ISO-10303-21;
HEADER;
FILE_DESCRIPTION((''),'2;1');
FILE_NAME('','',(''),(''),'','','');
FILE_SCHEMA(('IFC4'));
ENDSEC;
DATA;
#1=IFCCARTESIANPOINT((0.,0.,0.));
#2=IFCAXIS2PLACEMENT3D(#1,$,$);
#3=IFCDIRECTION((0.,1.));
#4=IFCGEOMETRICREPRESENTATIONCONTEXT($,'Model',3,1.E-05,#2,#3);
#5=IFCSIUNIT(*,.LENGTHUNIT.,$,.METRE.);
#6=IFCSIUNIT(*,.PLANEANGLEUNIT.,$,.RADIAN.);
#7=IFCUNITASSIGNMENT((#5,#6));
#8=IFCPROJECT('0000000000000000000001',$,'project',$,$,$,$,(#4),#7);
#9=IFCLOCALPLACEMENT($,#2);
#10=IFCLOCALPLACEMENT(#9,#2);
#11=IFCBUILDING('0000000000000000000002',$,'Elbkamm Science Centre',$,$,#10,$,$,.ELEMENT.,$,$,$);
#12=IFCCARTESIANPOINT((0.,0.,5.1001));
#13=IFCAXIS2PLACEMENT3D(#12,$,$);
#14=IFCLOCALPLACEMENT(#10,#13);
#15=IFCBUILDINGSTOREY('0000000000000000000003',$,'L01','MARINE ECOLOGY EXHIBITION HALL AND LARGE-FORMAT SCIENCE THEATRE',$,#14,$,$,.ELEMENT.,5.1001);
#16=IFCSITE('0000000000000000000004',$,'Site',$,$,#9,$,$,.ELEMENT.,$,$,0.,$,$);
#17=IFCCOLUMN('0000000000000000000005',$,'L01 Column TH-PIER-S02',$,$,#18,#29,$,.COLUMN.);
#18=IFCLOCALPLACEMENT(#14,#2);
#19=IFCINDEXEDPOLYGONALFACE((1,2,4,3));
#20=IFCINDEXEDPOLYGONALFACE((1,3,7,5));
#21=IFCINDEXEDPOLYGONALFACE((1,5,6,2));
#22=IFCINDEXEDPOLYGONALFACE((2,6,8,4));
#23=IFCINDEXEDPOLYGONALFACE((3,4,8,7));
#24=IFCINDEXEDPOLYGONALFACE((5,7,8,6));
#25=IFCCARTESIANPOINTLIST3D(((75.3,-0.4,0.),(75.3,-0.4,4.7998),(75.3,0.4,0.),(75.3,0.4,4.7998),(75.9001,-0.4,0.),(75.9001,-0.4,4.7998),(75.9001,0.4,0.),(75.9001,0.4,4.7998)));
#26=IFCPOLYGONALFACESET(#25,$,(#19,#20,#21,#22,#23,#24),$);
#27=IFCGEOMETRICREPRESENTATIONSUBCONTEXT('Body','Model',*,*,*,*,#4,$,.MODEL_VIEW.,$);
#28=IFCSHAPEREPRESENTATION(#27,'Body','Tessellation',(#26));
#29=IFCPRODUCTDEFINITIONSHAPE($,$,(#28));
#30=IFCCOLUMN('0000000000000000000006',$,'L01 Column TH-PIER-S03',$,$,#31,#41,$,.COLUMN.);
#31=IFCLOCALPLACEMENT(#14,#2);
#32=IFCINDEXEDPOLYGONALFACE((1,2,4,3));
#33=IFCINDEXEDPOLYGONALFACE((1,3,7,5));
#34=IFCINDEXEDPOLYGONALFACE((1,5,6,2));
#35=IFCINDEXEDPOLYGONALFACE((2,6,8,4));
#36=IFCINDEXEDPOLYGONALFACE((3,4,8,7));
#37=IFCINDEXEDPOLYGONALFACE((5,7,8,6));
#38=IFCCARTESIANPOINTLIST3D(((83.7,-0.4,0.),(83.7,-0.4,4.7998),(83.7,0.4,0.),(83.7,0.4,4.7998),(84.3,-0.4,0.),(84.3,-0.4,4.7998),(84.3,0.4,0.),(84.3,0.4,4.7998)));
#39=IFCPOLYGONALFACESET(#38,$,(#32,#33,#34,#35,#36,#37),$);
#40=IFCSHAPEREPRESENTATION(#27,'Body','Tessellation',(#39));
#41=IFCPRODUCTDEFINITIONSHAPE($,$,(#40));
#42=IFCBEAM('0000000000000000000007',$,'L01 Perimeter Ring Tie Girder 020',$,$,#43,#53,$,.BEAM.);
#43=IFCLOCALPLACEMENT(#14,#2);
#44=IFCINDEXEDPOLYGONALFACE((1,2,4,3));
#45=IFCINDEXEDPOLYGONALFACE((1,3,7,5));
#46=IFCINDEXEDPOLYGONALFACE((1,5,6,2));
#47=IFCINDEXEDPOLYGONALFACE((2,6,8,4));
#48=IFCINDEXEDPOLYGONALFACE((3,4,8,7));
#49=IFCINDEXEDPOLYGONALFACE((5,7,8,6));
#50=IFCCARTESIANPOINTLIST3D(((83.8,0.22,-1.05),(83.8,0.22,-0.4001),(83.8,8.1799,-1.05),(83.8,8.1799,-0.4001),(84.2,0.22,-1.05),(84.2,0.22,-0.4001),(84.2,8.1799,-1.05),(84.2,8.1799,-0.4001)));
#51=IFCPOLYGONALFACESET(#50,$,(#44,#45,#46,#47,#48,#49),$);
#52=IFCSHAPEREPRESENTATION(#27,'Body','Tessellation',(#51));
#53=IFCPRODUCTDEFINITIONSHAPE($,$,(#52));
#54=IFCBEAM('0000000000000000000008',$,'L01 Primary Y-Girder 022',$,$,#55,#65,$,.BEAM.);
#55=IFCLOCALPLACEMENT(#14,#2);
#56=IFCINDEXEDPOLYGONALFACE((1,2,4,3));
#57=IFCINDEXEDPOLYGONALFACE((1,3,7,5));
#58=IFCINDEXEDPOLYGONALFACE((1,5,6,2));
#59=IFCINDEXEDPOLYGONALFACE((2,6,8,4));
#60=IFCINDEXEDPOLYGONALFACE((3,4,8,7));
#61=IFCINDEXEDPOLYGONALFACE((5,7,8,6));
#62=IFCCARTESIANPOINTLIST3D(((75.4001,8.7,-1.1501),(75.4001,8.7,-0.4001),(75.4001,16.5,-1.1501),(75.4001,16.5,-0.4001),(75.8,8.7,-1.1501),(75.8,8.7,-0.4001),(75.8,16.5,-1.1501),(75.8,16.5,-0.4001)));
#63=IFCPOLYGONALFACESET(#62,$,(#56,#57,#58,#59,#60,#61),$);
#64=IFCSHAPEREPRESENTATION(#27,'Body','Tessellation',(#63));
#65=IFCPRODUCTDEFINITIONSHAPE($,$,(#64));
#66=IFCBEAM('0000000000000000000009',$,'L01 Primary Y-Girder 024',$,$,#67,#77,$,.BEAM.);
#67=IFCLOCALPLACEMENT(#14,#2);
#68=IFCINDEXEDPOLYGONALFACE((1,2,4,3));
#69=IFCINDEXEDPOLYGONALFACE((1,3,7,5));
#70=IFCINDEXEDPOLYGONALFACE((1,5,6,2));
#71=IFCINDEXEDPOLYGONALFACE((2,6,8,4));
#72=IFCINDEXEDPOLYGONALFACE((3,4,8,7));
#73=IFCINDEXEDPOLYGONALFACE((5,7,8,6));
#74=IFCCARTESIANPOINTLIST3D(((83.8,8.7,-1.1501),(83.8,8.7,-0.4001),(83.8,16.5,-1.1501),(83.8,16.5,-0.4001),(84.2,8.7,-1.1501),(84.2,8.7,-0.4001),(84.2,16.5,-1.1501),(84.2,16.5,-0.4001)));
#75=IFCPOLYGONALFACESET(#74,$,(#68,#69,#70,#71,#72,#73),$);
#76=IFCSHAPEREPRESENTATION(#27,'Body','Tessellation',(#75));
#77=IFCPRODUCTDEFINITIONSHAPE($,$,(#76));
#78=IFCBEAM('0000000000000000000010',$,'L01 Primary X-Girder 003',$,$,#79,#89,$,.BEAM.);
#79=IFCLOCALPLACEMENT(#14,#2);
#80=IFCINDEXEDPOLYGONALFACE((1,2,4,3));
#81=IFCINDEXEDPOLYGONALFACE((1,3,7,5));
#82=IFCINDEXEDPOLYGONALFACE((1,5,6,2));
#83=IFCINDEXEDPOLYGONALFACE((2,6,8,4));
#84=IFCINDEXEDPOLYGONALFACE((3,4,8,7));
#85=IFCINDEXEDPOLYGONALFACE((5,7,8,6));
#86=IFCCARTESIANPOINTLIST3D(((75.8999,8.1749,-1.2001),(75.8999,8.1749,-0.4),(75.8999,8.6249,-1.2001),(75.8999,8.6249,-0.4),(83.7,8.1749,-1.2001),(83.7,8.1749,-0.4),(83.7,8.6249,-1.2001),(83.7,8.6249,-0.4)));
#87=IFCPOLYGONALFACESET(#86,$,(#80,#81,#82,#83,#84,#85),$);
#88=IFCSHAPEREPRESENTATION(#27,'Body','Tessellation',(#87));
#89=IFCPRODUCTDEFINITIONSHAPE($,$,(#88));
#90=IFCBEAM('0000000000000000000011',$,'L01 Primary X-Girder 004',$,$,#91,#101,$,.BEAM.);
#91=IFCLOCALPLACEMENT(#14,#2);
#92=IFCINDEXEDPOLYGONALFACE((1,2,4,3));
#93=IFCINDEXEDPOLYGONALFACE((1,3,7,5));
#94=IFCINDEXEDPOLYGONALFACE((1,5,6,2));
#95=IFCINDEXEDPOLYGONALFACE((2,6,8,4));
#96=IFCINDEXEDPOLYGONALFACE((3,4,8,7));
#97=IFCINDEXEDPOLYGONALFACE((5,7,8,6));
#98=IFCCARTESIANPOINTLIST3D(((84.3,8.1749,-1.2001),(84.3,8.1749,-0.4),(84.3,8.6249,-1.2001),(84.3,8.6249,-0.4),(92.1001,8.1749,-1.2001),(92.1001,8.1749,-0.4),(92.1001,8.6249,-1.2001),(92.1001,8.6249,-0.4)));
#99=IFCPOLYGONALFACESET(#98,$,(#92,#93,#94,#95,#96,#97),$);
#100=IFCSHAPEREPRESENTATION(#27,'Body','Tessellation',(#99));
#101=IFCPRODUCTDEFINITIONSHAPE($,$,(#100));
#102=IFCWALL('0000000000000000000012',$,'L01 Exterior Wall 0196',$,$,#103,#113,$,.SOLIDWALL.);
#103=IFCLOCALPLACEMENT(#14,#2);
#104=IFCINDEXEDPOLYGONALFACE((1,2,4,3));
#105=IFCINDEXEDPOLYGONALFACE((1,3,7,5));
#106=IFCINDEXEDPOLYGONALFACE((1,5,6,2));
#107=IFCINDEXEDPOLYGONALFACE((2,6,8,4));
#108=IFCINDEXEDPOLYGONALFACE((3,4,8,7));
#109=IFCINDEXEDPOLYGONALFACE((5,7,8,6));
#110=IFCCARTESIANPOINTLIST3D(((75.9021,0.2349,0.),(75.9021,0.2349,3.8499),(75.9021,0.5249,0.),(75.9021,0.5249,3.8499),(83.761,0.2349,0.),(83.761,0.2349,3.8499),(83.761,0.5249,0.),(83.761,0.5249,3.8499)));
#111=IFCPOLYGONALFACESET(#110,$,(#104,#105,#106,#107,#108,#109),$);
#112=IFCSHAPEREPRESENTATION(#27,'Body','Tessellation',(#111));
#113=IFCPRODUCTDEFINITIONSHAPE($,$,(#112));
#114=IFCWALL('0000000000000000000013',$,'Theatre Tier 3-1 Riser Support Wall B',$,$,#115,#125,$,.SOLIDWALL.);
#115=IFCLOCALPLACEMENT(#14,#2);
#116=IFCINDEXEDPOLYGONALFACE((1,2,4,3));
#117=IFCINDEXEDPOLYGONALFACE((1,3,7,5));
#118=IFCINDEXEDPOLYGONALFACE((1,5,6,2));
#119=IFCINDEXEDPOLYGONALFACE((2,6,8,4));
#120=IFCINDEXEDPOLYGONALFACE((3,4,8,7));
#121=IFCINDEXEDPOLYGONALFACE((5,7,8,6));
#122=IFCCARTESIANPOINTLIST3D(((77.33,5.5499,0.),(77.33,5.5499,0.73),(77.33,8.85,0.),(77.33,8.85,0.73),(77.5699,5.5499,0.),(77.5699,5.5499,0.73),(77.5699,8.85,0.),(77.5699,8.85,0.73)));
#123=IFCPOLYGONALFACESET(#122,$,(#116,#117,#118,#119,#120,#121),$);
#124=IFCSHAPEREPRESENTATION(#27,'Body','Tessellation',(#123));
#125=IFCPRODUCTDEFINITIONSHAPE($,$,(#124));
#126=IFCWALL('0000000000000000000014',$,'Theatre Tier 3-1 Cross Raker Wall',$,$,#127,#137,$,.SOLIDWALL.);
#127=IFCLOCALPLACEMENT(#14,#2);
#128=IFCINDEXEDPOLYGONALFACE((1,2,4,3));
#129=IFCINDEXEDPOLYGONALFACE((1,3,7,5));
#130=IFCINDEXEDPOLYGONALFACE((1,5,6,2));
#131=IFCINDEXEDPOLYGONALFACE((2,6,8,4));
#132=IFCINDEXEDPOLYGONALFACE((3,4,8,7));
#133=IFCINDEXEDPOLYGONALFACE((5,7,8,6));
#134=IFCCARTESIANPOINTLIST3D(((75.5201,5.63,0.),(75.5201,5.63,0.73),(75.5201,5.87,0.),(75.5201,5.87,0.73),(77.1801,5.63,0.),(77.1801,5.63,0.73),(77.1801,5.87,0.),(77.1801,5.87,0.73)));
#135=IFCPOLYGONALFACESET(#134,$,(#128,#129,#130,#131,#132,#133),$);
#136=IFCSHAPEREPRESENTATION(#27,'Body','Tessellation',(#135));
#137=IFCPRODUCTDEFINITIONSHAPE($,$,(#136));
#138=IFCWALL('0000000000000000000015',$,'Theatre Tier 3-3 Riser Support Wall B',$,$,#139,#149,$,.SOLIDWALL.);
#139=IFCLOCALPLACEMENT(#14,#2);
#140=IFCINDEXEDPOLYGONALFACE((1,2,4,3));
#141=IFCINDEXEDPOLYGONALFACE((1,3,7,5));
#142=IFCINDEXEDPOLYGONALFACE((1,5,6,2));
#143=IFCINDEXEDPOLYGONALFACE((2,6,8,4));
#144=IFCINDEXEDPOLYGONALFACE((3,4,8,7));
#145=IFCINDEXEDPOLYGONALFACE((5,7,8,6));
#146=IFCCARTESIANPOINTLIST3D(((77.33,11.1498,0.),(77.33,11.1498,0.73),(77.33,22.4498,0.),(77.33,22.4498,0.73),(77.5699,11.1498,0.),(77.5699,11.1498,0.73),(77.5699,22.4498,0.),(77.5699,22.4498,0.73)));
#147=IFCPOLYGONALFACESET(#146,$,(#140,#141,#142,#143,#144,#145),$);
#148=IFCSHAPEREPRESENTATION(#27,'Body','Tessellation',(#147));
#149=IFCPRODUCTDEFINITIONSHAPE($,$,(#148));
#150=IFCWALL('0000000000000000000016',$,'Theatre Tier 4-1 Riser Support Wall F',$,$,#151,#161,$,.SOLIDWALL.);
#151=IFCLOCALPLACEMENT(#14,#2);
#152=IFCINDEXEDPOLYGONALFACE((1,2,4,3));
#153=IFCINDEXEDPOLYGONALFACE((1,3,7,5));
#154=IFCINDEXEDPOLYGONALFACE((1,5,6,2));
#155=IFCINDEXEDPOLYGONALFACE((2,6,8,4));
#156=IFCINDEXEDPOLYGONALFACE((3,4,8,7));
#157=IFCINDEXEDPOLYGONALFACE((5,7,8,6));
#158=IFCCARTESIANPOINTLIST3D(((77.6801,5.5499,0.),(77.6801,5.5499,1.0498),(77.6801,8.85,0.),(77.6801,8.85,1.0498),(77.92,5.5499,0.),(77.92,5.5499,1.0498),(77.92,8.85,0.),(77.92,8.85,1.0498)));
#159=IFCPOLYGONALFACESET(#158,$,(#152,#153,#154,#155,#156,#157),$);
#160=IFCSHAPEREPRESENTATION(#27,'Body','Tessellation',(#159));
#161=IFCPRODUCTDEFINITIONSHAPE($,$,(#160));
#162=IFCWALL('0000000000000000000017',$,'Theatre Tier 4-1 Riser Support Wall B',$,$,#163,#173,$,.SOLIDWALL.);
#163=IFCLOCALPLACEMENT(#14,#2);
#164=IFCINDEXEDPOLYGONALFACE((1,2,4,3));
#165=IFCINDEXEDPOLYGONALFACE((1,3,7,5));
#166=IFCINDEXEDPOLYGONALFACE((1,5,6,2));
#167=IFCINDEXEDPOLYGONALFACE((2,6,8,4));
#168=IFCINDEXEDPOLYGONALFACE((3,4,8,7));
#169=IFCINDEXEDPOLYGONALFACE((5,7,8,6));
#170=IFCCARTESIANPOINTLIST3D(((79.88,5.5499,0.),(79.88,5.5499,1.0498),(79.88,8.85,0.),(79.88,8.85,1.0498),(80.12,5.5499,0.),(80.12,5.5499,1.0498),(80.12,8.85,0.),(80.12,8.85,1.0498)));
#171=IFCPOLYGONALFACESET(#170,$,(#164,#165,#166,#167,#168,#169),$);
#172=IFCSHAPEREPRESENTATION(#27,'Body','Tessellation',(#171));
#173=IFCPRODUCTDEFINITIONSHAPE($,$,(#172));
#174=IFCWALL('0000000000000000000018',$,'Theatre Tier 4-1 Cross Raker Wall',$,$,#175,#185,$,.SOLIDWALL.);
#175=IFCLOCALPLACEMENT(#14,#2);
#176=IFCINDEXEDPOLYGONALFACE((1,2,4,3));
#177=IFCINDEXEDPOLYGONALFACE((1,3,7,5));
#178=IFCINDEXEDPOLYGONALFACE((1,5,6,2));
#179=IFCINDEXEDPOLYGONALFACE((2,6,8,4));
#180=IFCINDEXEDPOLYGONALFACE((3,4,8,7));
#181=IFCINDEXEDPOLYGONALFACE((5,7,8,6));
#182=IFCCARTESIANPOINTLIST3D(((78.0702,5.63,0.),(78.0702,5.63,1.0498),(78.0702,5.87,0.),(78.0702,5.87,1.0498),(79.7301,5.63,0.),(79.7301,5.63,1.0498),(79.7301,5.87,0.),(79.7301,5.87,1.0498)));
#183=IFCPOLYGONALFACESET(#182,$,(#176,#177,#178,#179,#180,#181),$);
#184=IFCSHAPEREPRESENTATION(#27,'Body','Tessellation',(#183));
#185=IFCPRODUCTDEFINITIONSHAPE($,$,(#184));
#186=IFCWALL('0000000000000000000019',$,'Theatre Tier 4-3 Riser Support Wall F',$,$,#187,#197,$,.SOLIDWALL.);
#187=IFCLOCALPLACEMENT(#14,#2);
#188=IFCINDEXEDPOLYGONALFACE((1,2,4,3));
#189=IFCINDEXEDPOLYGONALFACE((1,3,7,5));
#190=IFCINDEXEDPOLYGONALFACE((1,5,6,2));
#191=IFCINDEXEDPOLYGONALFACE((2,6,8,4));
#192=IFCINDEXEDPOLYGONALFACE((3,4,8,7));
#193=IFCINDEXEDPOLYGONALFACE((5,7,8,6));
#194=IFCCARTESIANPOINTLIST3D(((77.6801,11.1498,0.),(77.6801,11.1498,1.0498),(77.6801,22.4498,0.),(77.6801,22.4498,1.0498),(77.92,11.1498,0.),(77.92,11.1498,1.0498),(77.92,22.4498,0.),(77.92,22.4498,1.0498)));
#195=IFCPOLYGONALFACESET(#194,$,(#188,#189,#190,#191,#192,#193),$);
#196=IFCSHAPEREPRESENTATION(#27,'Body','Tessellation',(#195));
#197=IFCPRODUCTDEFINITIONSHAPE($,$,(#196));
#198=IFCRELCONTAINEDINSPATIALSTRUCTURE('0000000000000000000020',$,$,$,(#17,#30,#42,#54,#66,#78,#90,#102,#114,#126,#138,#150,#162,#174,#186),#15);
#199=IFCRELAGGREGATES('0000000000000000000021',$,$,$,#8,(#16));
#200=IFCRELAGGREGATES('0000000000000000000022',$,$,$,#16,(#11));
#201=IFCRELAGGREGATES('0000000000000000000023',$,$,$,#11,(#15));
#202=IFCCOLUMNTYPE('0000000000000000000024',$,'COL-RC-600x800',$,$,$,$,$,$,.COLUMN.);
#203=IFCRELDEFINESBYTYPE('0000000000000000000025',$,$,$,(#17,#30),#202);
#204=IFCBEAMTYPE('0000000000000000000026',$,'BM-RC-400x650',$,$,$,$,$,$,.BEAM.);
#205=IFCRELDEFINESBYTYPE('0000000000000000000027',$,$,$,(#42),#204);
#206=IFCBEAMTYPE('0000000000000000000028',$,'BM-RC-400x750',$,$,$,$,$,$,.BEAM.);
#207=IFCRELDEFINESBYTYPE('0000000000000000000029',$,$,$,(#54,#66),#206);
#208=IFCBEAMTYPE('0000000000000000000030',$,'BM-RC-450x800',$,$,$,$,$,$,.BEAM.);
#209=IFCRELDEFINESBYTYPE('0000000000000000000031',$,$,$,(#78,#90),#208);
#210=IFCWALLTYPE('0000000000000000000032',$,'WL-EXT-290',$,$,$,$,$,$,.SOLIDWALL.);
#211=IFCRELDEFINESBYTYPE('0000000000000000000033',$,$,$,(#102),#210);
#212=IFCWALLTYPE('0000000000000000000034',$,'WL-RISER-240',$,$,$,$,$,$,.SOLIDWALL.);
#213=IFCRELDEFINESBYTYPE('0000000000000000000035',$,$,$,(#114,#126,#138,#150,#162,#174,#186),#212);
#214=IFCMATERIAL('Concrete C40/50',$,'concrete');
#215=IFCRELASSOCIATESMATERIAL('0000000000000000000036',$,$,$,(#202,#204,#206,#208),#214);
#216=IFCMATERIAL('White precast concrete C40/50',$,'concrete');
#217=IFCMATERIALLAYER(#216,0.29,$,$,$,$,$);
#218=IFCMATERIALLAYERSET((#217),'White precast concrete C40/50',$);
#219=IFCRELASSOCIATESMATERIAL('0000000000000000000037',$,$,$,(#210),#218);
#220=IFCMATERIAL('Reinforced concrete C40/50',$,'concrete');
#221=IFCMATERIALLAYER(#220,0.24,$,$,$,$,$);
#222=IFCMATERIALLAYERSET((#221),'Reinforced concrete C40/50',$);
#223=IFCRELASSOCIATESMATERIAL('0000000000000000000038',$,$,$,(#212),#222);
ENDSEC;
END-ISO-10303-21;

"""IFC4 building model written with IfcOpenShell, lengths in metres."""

from ifc_helpers import new_model, si_unit, direction, frame, frame_2d, origin, origin_2d, place, context, subcontext, project, spatial, rectangle, extrude, material, layer, layer_set, material_profile, profile_set, type_object, element, save


model = new_model("IFC4")

# Units and contexts
model_context = context("Model", 3, precision=1e-05, world=origin(), true_north=direction((0.0, 1.0)))
body_context = subcontext(model_context, "Body", "Model", "MODEL_VIEW")
ifc_project = project(units=[si_unit("LENGTHUNIT", "METRE"), si_unit("PLANEANGLEUNIT", "RADIAN")], contexts=[model_context])

# Site, building, storey
site_placement = place(None, origin())
site = spatial("IfcSite", under=ifc_project, at=site_placement, Name="Site", CompositionType="ELEMENT", RefElevation=0.0)
building_placement = place(site_placement, origin())
building = spatial("IfcBuilding", under=site, at=building_placement, Name="Elbkamm Science Centre", CompositionType="ELEMENT")
storey_placement = place(building_placement, frame((0.0, 0.0, 5.1001)))
storey = spatial("IfcBuildingStorey", under=building, at=storey_placement, Name="L01", Description="MARINE ECOLOGY EXHIBITION HALL AND LARGE-FORMAT SCIENCE THEATRE", CompositionType="ELEMENT", Elevation=5.1001)

# Columns
ifc_material_1 = material(Name="Concrete C40/50", Category="concrete")
ifc_material_profile_1 = material_profile(ifc_material_1, rectangle(XDim=0.6001, YDim=0.8, at=origin_2d()), Name="RC 600x800")
ifc_profile_set_1 = profile_set([ifc_material_profile_1], Name="Concrete C40/50")
column_type = type_object("IfcColumnType", Name="COL-RC-600x800", PredefinedType="COLUMN", material=ifc_profile_set_1)
for number, where, z_axis, x_axis, name in (
    (1, (75.6001, 0.0, 0.0), (0.0, 0.0, 1.0), (1.0, 0.0, 0.0), "L01 Column TH-PIER-S02"),
    (2, (84.0, 0.0, 0.0), (0.0, 0.0, 1.0), (1.0, 0.0, 0.0), "L01 Column TH-PIER-S03"),
):
    element("IfcColumn", number, at=place(storey_placement, frame(where, z_axis=z_axis, x_axis=x_axis)), inside=storey, type_object=column_type, Name=name, PredefinedType="COLUMN", context=body_context, shape_type="SweptSolid", body=[
        extrude(rectangle(XDim=0.6001, YDim=0.8, at=origin_2d()), origin(), (0.0, 0.0, 1.0), 4.7998),
    ])

# Beams
ifc_material_profile_2 = material_profile(ifc_material_1, rectangle(XDim=0.3999, YDim=0.6499, at=origin_2d()), Name="RC 400x650")
ifc_profile_set_2 = profile_set([ifc_material_profile_2], Name="Concrete C40/50")
beam_type_1 = type_object("IfcBeamType", Name="BM-RC-400x650", PredefinedType="BEAM", material=ifc_profile_set_2)
beam_placement = place(storey_placement, frame((84.0, 0.22, -0.7251), z_axis=(0.0, 1.0, 0.0), x_axis=(-1.0, 0.0, 0.0)))
element("IfcBeam", 3, at=beam_placement, inside=storey, type_object=beam_type_1, Name="L01 Perimeter Ring Tie Girder 020", PredefinedType="BEAM", context=body_context, shape_type="SweptSolid", body=[
    extrude(rectangle(XDim=0.3999, YDim=0.6499, at=origin_2d()), origin(), (0.0, 0.0, 1.0), 7.96),
])
ifc_material_profile_3 = material_profile(ifc_material_1, rectangle(XDim=0.3999, YDim=0.75, at=origin_2d()), Name="RC 400x750")
ifc_profile_set_3 = profile_set([ifc_material_profile_3], Name="Concrete C40/50")
beam_type_2 = type_object("IfcBeamType", Name="BM-RC-400x750", PredefinedType="BEAM", material=ifc_profile_set_3)
for number, where, z_axis, x_axis, name in (
    (4, (75.6001, 8.7, -0.7751), (0.0, 1.0, 0.0), (-1.0, 0.0, 0.0), "L01 Primary Y-Girder 022"),
    (5, (84.0, 8.7, -0.7751), (0.0, 1.0, 0.0), (-1.0, 0.0, 0.0), "L01 Primary Y-Girder 024"),
):
    element("IfcBeam", number, at=place(storey_placement, frame(where, z_axis=z_axis, x_axis=x_axis)), inside=storey, type_object=beam_type_2, Name=name, PredefinedType="BEAM", context=body_context, shape_type="SweptSolid", body=[
        extrude(rectangle(XDim=0.3999, YDim=0.75, at=origin_2d()), origin(), (0.0, 0.0, 1.0), 7.8),
    ])
ifc_material_profile_4 = material_profile(ifc_material_1, rectangle(XDim=0.45, YDim=0.8, at=origin_2d()), Name="RC 450x800")
ifc_profile_set_4 = profile_set([ifc_material_profile_4], Name="Concrete C40/50")
beam_type_3 = type_object("IfcBeamType", Name="BM-RC-450x800", PredefinedType="BEAM", material=ifc_profile_set_4)
for number, where, z_axis, x_axis, name in (
    (6, (75.8999, 8.3999, -0.8), (1.0, 0.0, 0.0), (0.0, 1.0, 0.0), "L01 Primary X-Girder 003"),
    (7, (84.3, 8.3999, -0.8), (1.0, 0.0, 0.0), (0.0, 1.0, 0.0), "L01 Primary X-Girder 004"),
):
    element("IfcBeam", number, at=place(storey_placement, frame(where, z_axis=z_axis, x_axis=x_axis)), inside=storey, type_object=beam_type_3, Name=name, PredefinedType="BEAM", context=body_context, shape_type="SweptSolid", body=[
        extrude(rectangle(XDim=0.45, YDim=0.8, at=origin_2d()), origin(), (0.0, 0.0, 1.0), 7.8),
    ])

# Walls
ifc_material_2 = material(Name="White precast concrete C40/50", Category="concrete")
ifc_layer_1 = layer(ifc_material_2, 0.29)
ifc_layer_set_1 = layer_set([ifc_layer_1], Name="White precast concrete C40/50")
wall_type_1 = type_object("IfcWallType", Name="WL-EXT-290", PredefinedType="SOLIDWALL", material=ifc_layer_set_1)
wall_1_placement = place(storey_placement, frame((83.761, 0.3799, 0.0), z_axis=(0.0, 0.0, 1.0), x_axis=(-1.0, 0.0, 0.0)))
element("IfcWall", 8, at=wall_1_placement, inside=storey, type_object=wall_type_1, Name="L01 Exterior Wall 0196", PredefinedType="SOLIDWALL", context=body_context, shape_type="SweptSolid", body=[
    extrude(rectangle(XDim=7.8589, YDim=0.29, at=frame_2d((3.9294, 0.0))), origin(), (0.0, 0.0, 1.0), 3.8499),
])
ifc_material_3 = material(Name="Reinforced concrete C40/50", Category="concrete")
ifc_layer_2 = layer(ifc_material_3, 0.24)
ifc_layer_set_2 = layer_set([ifc_layer_2], Name="Reinforced concrete C40/50")
wall_type_2 = type_object("IfcWallType", Name="WL-RISER-240", PredefinedType="SOLIDWALL", material=ifc_layer_set_2)
wall_2_placement = place(storey_placement, frame((77.45, 5.55, 0.0), z_axis=(0.0, 0.0, 1.0), x_axis=(0.0, 1.0, 0.0)))
element("IfcWall", 9, at=wall_2_placement, inside=storey, type_object=wall_type_2, Name="Theatre Tier 3-1 Riser Support Wall B", PredefinedType="SOLIDWALL", context=body_context, shape_type="SweptSolid", body=[
    extrude(rectangle(XDim=3.3, YDim=0.24, at=frame_2d((1.6499, 0.0))), origin(), (0.0, 0.0, 1.0), 0.73),
])
wall_3_placement = place(storey_placement, frame((75.52, 5.75, 0.0), z_axis=(0.0, 0.0, 1.0), x_axis=(1.0, 0.0, 0.0)))
element("IfcWall", 10, at=wall_3_placement, inside=storey, type_object=wall_type_2, Name="Theatre Tier 3-1 Cross Raker Wall", PredefinedType="SOLIDWALL", context=body_context, shape_type="SweptSolid", body=[
    extrude(rectangle(XDim=1.6599, YDim=0.24, at=frame_2d((0.8301, 0.0))), origin(), (0.0, 0.0, 1.0), 0.73),
])
wall_4_placement = place(storey_placement, frame((77.45, 11.1499, 0.0), z_axis=(0.0, 0.0, 1.0), x_axis=(0.0, 1.0, 0.0)))
element("IfcWall", 11, at=wall_4_placement, inside=storey, type_object=wall_type_2, Name="Theatre Tier 3-3 Riser Support Wall B", PredefinedType="SOLIDWALL", context=body_context, shape_type="SweptSolid", body=[
    extrude(rectangle(XDim=11.3, YDim=0.24, at=frame_2d((5.6499, 0.0))), origin(), (0.0, 0.0, 1.0), 0.73),
])
for number, where, z_axis, x_axis, name in (
    (12, (77.8, 5.55, 0.0), (0.0, 0.0, 1.0), (0.0, 1.0, 0.0), "Theatre Tier 4-1 Riser Support Wall F"),
    (13, (80.0, 5.55, 0.0), (0.0, 0.0, 1.0), (0.0, 1.0, 0.0), "Theatre Tier 4-1 Riser Support Wall B"),
):
    element("IfcWall", number, at=place(storey_placement, frame(where, z_axis=z_axis, x_axis=x_axis)), inside=storey, type_object=wall_type_2, Name=name, PredefinedType="SOLIDWALL", context=body_context, shape_type="SweptSolid", body=[
        extrude(rectangle(XDim=3.3, YDim=0.24, at=frame_2d((1.6499, 0.0))), origin(), (0.0, 0.0, 1.0), 1.0498),
    ])
wall_5_placement = place(storey_placement, frame((78.0701, 5.75, 0.0), z_axis=(0.0, 0.0, 1.0), x_axis=(1.0, 0.0, 0.0)))
element("IfcWall", 14, at=wall_5_placement, inside=storey, type_object=wall_type_2, Name="Theatre Tier 4-1 Cross Raker Wall", PredefinedType="SOLIDWALL", context=body_context, shape_type="SweptSolid", body=[
    extrude(rectangle(XDim=1.6599, YDim=0.24, at=frame_2d((0.8301, 0.0))), origin(), (0.0, 0.0, 1.0), 1.0498),
])
for number, where, z_axis, x_axis, name in (
    (15, (77.8, 11.1499, 0.0), (0.0, 0.0, 1.0), (0.0, 1.0, 0.0), "Theatre Tier 4-3 Riser Support Wall F"),
):
    element("IfcWall", number, at=place(storey_placement, frame(where, z_axis=z_axis, x_axis=x_axis)), inside=storey, type_object=wall_type_2, Name=name, PredefinedType="SOLIDWALL", context=body_context, shape_type="SweptSolid", body=[
        extrude(rectangle(XDim=11.3, YDim=0.24, at=frame_2d((5.6499, 0.0))), origin(), (0.0, 0.0, 1.0), 1.0498),
    ])

save(model, "model.ifc")
